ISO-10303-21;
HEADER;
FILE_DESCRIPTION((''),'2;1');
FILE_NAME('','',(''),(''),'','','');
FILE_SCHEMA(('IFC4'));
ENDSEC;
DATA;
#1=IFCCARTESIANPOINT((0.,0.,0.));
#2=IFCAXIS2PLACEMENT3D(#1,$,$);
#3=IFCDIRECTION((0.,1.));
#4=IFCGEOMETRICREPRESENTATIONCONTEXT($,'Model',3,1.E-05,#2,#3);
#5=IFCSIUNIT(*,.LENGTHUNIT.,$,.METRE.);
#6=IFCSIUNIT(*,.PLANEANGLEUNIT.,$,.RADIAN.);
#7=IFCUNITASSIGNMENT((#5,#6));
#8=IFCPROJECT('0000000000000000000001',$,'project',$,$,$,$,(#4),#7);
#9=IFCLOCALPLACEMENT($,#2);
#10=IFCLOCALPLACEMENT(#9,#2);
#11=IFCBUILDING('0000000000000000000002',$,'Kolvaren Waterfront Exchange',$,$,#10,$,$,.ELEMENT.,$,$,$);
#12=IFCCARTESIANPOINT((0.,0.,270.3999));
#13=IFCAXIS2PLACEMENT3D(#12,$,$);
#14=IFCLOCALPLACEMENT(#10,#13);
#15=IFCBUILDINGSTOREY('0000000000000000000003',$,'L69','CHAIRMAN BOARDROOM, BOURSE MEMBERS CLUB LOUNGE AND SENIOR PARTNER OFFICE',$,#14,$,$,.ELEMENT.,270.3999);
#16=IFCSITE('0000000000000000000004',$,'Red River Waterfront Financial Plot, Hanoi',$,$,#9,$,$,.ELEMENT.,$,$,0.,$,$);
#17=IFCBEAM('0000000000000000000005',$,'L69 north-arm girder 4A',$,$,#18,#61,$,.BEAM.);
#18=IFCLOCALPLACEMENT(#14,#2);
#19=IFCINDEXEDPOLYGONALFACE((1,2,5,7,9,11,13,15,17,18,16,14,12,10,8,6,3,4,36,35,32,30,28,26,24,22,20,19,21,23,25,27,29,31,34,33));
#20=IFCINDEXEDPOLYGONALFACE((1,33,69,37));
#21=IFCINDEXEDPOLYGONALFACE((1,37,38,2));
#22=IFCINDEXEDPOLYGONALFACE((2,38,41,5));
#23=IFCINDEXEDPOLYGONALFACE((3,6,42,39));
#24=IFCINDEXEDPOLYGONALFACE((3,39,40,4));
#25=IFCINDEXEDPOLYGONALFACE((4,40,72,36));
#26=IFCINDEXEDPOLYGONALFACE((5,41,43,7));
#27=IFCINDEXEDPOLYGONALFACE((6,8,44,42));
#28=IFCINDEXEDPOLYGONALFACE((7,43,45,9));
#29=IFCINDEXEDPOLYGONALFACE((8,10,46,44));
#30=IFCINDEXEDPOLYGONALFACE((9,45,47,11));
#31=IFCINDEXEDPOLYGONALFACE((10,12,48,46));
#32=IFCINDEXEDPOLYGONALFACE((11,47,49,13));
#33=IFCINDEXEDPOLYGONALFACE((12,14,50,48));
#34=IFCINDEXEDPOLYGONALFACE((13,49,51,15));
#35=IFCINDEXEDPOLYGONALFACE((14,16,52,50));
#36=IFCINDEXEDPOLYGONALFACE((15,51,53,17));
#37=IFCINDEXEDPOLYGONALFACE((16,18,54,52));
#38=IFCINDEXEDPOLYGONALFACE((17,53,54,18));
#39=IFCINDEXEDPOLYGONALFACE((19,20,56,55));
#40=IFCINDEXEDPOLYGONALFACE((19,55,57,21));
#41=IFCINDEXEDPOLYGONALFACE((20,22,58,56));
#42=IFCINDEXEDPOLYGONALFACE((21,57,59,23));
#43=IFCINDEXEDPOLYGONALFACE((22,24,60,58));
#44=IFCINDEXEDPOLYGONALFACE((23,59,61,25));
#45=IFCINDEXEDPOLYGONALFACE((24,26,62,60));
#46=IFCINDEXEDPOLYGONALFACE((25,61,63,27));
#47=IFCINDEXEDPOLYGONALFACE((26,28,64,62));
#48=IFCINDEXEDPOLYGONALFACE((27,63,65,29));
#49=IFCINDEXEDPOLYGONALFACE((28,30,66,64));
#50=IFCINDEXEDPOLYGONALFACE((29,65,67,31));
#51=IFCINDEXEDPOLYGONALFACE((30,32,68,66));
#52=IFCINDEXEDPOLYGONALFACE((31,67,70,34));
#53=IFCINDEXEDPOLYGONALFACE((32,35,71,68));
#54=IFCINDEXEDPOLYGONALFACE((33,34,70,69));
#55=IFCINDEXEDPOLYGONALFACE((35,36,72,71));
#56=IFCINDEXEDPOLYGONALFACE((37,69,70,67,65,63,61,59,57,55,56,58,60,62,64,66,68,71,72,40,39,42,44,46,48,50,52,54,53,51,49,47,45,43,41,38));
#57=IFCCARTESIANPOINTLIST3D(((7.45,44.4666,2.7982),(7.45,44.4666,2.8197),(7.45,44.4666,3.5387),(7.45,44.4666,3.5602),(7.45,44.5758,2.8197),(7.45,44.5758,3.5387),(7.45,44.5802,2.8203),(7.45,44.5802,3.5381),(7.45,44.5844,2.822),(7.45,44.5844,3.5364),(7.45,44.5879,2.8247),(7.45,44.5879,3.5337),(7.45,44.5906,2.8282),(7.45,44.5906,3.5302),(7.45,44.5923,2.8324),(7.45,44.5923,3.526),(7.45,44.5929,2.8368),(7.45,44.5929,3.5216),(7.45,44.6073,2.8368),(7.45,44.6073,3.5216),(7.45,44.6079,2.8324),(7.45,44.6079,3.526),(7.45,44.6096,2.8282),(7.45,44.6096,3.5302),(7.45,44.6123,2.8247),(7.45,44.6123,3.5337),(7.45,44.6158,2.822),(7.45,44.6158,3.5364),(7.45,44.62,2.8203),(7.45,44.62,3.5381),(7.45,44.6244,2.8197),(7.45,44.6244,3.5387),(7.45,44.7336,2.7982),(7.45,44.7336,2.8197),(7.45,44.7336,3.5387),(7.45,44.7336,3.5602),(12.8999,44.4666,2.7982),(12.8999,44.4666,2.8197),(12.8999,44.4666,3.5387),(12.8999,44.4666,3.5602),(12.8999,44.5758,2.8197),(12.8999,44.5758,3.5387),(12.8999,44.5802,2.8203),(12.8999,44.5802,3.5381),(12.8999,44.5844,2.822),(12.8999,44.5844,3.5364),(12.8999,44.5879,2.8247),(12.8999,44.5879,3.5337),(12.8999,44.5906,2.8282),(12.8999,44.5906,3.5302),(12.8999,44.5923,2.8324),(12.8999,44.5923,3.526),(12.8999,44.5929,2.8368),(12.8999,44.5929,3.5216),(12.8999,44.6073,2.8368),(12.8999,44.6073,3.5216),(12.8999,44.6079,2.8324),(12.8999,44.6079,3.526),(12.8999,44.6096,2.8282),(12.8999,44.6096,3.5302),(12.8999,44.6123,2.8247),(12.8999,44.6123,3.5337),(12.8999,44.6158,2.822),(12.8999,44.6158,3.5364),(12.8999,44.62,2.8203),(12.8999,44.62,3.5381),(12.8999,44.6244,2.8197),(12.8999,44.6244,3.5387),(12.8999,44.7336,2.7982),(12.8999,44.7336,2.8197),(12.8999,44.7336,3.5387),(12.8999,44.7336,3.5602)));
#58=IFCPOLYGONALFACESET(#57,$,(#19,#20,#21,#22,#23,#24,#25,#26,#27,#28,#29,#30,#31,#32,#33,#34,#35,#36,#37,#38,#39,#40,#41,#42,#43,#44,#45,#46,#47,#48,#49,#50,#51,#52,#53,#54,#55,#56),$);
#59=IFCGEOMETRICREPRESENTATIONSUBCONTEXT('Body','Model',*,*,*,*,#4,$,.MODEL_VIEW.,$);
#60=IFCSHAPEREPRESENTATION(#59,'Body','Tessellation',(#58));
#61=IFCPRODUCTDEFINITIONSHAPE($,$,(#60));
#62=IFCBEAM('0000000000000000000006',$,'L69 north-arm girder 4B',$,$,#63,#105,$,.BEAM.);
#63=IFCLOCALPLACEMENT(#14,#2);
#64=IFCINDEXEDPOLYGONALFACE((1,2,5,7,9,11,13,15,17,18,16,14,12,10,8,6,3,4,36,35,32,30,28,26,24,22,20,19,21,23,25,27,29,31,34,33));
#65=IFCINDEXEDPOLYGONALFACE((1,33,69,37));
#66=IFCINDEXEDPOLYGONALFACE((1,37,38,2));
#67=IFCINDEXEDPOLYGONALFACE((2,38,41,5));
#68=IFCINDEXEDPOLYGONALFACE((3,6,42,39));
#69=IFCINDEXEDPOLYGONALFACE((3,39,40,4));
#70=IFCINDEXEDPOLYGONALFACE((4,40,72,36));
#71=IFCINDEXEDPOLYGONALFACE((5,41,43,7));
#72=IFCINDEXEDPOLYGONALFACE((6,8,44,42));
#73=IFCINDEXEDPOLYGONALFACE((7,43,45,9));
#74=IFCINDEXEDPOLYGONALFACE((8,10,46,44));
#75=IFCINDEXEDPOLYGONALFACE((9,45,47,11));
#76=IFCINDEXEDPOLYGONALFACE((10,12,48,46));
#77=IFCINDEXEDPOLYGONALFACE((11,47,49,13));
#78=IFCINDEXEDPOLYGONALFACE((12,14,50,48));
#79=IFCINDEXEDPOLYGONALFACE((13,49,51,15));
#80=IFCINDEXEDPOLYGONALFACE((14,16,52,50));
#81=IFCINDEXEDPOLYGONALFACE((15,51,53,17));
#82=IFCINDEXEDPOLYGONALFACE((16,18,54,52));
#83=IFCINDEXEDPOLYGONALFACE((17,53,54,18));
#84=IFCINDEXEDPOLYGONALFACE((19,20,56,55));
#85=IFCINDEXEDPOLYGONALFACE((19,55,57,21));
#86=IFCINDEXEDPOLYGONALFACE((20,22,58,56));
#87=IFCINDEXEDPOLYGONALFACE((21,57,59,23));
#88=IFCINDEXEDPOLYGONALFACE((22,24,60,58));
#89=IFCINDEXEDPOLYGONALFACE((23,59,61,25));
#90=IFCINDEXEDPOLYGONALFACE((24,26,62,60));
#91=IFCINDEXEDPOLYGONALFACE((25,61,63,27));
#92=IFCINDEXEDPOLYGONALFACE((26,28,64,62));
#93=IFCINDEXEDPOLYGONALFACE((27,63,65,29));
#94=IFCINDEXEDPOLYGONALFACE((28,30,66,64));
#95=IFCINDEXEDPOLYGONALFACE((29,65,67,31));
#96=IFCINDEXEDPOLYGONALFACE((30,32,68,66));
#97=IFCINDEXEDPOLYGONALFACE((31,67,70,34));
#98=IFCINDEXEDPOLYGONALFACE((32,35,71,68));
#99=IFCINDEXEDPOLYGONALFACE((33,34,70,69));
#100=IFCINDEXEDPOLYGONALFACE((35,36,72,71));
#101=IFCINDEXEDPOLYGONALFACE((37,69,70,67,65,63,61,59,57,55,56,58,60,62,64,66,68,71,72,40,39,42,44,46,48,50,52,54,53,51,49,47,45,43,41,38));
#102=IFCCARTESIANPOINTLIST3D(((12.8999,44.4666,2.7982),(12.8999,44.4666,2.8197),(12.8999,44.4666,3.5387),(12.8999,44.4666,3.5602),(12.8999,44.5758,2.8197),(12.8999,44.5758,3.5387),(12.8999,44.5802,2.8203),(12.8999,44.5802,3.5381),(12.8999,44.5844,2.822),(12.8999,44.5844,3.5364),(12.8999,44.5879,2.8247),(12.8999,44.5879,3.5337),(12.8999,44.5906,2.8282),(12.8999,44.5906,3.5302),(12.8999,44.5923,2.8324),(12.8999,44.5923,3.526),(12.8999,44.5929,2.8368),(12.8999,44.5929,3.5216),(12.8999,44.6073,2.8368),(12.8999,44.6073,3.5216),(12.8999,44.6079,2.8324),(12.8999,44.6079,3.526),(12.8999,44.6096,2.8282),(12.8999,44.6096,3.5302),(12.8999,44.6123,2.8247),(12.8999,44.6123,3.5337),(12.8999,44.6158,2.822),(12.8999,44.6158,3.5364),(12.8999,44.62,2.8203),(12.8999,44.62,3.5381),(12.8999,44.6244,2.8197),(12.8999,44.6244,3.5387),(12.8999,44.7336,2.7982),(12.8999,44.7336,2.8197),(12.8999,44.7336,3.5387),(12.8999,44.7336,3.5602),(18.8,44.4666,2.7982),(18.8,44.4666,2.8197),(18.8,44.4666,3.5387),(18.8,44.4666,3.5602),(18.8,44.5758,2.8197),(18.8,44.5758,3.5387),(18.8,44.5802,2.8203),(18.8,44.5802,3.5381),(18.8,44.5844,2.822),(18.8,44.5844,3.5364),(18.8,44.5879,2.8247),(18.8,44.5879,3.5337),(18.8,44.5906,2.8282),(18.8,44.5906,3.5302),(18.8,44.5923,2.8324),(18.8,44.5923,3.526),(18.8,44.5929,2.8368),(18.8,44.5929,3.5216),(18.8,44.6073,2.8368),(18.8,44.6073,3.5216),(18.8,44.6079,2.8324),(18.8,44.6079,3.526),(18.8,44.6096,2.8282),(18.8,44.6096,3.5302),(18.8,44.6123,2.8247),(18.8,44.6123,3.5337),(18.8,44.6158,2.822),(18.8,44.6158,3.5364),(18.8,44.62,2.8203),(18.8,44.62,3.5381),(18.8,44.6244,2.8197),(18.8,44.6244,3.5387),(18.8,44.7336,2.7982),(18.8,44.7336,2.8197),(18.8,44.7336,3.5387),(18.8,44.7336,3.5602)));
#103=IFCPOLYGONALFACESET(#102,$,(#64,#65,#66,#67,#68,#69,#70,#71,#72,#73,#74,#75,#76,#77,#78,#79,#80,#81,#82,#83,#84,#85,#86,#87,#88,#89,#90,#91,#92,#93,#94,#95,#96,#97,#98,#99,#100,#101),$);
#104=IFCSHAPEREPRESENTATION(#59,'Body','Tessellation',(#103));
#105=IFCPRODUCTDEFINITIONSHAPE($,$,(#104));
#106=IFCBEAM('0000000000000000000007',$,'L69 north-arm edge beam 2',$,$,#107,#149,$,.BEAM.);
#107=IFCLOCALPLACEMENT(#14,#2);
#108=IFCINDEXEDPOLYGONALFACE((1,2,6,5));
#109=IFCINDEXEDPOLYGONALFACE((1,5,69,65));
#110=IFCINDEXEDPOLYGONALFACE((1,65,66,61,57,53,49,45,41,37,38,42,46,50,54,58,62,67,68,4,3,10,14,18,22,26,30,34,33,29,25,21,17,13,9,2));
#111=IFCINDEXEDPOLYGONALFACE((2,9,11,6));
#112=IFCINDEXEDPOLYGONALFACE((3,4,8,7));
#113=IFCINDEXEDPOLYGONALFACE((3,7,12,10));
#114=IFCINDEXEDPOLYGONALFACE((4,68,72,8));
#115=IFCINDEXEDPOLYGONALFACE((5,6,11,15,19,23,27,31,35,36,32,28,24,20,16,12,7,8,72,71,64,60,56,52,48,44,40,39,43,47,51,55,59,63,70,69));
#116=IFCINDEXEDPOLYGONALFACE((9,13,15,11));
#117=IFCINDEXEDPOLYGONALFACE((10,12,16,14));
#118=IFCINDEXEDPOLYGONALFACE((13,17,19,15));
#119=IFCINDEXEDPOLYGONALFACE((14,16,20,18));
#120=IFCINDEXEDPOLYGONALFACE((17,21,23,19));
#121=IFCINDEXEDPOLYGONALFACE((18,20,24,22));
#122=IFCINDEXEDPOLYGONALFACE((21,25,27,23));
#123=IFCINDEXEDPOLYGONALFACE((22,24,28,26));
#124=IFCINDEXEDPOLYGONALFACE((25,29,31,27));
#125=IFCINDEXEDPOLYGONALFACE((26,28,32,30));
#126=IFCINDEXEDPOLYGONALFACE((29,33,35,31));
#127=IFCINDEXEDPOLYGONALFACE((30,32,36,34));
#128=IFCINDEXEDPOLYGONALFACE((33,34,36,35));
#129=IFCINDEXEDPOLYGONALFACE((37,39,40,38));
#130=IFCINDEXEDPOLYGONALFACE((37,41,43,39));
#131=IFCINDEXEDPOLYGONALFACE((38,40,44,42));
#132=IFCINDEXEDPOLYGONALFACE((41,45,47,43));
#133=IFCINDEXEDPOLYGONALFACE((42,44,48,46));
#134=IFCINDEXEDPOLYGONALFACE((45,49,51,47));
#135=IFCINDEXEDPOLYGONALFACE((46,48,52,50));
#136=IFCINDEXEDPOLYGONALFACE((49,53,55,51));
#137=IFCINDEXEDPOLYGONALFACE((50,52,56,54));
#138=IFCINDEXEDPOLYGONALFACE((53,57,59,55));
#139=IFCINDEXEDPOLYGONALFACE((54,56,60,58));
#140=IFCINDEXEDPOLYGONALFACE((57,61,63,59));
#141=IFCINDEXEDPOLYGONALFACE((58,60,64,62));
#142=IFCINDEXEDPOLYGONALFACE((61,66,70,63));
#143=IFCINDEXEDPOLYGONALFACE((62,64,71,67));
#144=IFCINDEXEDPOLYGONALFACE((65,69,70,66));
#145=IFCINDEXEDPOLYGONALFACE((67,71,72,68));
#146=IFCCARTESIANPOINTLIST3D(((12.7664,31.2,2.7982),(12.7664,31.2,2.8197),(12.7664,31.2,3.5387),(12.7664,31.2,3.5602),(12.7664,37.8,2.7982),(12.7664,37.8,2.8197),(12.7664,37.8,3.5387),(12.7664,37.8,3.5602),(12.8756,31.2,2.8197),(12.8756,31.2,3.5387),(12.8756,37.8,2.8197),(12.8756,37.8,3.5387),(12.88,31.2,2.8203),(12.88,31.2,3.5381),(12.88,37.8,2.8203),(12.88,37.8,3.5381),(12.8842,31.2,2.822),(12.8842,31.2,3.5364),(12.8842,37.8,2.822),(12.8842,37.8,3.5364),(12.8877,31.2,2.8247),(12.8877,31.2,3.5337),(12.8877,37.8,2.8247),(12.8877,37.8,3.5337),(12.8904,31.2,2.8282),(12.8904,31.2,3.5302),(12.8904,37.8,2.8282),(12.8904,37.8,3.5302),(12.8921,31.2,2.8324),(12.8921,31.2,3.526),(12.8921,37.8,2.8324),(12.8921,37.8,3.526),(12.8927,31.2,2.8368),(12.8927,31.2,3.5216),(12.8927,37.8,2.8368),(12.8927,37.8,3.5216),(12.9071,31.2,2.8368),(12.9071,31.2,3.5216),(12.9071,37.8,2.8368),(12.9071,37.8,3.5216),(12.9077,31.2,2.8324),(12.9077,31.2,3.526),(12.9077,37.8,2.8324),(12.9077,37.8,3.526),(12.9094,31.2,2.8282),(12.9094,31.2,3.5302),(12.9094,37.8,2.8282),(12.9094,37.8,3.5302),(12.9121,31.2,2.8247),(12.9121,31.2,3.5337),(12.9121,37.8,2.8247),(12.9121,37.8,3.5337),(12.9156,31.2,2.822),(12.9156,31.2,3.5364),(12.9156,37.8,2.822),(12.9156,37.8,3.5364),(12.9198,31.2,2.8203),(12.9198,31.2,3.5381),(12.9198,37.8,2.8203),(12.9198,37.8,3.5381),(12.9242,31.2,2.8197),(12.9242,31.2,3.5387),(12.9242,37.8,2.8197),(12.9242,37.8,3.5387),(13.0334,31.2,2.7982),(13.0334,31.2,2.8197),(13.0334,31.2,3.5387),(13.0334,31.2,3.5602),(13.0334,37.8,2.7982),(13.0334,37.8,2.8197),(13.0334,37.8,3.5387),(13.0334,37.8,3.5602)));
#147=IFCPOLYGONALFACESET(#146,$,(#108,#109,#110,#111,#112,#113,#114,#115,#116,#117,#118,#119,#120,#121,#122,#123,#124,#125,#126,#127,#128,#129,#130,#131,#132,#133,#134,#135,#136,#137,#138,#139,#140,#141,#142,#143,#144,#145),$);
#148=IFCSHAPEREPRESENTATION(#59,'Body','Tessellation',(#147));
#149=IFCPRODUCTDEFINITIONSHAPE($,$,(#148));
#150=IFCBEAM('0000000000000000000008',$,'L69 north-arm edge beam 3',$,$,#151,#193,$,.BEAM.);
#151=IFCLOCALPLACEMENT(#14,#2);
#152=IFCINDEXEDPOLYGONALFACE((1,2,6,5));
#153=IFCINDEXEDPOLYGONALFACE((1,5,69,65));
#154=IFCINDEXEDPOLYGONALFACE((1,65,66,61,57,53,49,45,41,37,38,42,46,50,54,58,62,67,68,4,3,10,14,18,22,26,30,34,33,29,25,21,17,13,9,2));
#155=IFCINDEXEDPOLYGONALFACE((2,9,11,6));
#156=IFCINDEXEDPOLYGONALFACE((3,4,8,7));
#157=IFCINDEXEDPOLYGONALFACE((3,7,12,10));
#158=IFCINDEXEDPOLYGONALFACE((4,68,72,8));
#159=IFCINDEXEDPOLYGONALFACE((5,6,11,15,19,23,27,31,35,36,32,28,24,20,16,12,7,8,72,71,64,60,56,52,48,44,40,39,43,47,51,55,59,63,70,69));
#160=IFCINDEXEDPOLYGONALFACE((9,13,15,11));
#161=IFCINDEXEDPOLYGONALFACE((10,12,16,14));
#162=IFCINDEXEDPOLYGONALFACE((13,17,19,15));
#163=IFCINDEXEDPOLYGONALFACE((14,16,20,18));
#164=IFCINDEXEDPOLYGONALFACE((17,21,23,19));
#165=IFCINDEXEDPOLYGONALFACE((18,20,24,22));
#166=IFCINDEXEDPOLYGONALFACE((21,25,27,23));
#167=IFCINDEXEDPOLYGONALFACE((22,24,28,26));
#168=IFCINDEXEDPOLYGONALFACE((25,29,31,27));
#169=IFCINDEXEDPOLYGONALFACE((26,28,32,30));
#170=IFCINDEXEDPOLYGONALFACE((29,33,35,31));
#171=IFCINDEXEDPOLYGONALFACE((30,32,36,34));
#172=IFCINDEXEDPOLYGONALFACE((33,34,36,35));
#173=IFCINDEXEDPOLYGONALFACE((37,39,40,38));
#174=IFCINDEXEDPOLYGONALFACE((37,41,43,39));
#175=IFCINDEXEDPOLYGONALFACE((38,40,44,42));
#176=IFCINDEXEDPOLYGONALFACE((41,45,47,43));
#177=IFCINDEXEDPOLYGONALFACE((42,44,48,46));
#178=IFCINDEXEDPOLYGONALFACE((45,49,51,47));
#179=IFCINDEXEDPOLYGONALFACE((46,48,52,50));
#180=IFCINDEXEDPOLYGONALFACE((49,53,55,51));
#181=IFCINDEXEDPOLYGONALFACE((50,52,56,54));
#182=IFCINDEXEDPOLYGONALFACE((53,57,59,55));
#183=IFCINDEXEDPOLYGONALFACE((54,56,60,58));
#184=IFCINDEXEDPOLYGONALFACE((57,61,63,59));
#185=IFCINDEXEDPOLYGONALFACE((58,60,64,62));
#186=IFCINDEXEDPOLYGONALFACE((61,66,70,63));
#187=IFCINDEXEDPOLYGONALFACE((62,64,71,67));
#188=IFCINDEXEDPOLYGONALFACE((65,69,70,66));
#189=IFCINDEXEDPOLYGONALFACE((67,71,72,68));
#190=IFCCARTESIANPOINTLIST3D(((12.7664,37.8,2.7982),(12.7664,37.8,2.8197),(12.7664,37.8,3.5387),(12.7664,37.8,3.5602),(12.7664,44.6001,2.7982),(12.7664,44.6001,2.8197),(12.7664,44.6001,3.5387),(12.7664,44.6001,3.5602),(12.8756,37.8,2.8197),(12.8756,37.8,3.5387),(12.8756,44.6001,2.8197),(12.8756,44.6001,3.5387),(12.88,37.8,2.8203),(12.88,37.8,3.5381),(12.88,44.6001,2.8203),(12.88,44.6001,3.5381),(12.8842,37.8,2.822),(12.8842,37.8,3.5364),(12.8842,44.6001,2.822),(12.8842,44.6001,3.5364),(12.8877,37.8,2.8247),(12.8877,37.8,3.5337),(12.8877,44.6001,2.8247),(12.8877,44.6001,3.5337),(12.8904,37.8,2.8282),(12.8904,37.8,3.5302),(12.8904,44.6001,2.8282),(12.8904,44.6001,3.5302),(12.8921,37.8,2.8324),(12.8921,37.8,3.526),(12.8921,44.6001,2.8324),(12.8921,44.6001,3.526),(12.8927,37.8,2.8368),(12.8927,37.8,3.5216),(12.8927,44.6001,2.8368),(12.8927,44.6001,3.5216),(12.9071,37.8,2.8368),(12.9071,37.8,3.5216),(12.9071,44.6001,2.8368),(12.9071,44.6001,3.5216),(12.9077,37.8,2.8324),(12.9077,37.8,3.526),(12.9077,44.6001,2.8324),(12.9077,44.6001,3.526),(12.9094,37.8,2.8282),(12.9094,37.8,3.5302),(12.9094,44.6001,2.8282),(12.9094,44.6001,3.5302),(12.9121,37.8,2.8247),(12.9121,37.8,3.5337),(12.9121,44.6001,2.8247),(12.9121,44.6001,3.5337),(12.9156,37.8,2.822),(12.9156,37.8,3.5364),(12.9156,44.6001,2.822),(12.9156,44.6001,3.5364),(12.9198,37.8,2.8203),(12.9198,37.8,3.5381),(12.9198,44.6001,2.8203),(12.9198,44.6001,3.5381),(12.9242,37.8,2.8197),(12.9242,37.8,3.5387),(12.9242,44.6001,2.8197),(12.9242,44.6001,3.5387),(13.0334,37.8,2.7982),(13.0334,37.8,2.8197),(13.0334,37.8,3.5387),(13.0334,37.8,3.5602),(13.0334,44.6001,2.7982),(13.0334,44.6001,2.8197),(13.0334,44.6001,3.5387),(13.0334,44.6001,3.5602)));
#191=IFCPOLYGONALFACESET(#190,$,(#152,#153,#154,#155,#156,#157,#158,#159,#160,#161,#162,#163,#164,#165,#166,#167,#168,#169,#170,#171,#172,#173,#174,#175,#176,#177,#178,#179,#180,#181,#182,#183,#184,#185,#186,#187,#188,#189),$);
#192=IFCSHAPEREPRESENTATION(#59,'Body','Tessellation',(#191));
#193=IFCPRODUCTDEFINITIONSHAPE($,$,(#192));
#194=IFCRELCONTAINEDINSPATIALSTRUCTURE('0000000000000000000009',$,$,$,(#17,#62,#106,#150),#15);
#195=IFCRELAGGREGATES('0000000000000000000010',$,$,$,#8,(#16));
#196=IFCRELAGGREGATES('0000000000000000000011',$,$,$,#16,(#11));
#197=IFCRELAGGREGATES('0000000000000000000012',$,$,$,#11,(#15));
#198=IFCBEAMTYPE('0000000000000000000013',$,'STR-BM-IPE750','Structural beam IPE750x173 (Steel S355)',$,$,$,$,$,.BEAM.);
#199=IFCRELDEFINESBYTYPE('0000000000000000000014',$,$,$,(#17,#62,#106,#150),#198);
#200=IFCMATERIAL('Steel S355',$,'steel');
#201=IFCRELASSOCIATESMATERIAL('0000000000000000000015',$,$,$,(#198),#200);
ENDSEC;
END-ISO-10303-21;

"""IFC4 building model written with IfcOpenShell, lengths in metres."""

from ifc_helpers import new_model, si_unit, direction, frame, origin, origin_2d, place, context, subcontext, project, spatial, i_section, extrude, material, material_profile, profile_set, type_object, element, save


model = new_model("IFC4")

# Units and contexts
model_context = context("Model", 3, precision=1e-05, world=origin(), true_north=direction((0.0, 1.0)))
body_context = subcontext(model_context, "Body", "Model", "MODEL_VIEW")
ifc_project = project(units=[si_unit("LENGTHUNIT", "METRE"), si_unit("PLANEANGLEUNIT", "RADIAN")], contexts=[model_context])

# Site, building, storey
site_placement = place(None, origin())
site = spatial("IfcSite", under=ifc_project, at=site_placement, Name="Red River Waterfront Financial Plot, Hanoi", CompositionType="ELEMENT", RefElevation=0.0)
building_placement = place(site_placement, origin())
building = spatial("IfcBuilding", under=site, at=building_placement, Name="Kolvaren Waterfront Exchange", CompositionType="ELEMENT")
storey_placement = place(building_placement, frame((0.0, 0.0, 270.3999)))
storey = spatial("IfcBuildingStorey", under=building, at=storey_placement, Name="L69", Description="CHAIRMAN BOARDROOM, BOURSE MEMBERS CLUB LOUNGE AND SENIOR PARTNER OFFICE", CompositionType="ELEMENT", Elevation=270.3999)

# Beams
ifc_material_1 = material(Name="Steel S355", Category="steel")
ifc_material_profile_1 = material_profile(ifc_material_1, i_section(OverallWidth=0.2671, OverallDepth=0.762, WebThickness=0.0144, FlangeThickness=0.0215, FilletRadius=0.0171, at=origin_2d()), Name="IPE750x173")
ifc_profile_set_1 = profile_set([ifc_material_profile_1], Name="Steel S355")
beam_type_1 = type_object("IfcBeamType", Name="STR-BM-IPE750", Description="Structural beam IPE750x173 (Steel S355)", PredefinedType="BEAM", material=ifc_profile_set_1)
beam_1_placement = place(storey_placement, frame((7.45, 44.6001, 3.1792), z_axis=(1.0, 0.0, 0.0), x_axis=(0.0, 1.0, 0.0)))
element("IfcBeam", 1, at=beam_1_placement, inside=storey, type_object=beam_type_1, Name="L69 north-arm girder 4A", PredefinedType="BEAM", context=body_context, shape_type="SweptSolid", body=[
    extrude(i_section(OverallWidth=0.2671, OverallDepth=0.762, WebThickness=0.0144, FlangeThickness=0.0215, FilletRadius=0.0171, at=origin_2d()), origin(), (0.0, 0.0, 1.0), 5.45),
])
beam_2_placement = place(storey_placement, frame((12.8999, 44.6001, 3.1792), z_axis=(1.0, 0.0, 0.0), x_axis=(0.0, 1.0, 0.0)))
element("IfcBeam", 2, at=beam_2_placement, inside=storey, type_object=beam_type_1, Name="L69 north-arm girder 4B", PredefinedType="BEAM", context=body_context, shape_type="SweptSolid", body=[
    extrude(i_section(OverallWidth=0.2671, OverallDepth=0.762, WebThickness=0.0144, FlangeThickness=0.0215, FilletRadius=0.0171, at=origin_2d()), origin(), (0.0, 0.0, 1.0), 5.9001),
])
beam_3_placement = place(storey_placement, frame((12.8999, 31.2, 3.1792), z_axis=(0.0, 1.0, 0.0), x_axis=(-1.0, 0.0, 0.0)))
element("IfcBeam", 3, at=beam_3_placement, inside=storey, type_object=beam_type_1, Name="L69 north-arm edge beam 2", PredefinedType="BEAM", context=body_context, shape_type="SweptSolid", body=[
    extrude(i_section(OverallWidth=0.2671, OverallDepth=0.762, WebThickness=0.0144, FlangeThickness=0.0215, FilletRadius=0.0171, at=origin_2d()), origin(), (0.0, 0.0, 1.0), 6.6001),
])
beam_4_placement = place(storey_placement, frame((12.8999, 37.8, 3.1792), z_axis=(0.0, 1.0, 0.0), x_axis=(-1.0, 0.0, 0.0)))
element("IfcBeam", 4, at=beam_4_placement, inside=storey, type_object=beam_type_1, Name="L69 north-arm edge beam 3", PredefinedType="BEAM", context=body_context, shape_type="SweptSolid", body=[
    extrude(i_section(OverallWidth=0.2671, OverallDepth=0.762, WebThickness=0.0144, FlangeThickness=0.0215, FilletRadius=0.0171, at=origin_2d()), origin(), (0.0, 0.0, 1.0), 6.8),
])

save(model, "model.ifc")
